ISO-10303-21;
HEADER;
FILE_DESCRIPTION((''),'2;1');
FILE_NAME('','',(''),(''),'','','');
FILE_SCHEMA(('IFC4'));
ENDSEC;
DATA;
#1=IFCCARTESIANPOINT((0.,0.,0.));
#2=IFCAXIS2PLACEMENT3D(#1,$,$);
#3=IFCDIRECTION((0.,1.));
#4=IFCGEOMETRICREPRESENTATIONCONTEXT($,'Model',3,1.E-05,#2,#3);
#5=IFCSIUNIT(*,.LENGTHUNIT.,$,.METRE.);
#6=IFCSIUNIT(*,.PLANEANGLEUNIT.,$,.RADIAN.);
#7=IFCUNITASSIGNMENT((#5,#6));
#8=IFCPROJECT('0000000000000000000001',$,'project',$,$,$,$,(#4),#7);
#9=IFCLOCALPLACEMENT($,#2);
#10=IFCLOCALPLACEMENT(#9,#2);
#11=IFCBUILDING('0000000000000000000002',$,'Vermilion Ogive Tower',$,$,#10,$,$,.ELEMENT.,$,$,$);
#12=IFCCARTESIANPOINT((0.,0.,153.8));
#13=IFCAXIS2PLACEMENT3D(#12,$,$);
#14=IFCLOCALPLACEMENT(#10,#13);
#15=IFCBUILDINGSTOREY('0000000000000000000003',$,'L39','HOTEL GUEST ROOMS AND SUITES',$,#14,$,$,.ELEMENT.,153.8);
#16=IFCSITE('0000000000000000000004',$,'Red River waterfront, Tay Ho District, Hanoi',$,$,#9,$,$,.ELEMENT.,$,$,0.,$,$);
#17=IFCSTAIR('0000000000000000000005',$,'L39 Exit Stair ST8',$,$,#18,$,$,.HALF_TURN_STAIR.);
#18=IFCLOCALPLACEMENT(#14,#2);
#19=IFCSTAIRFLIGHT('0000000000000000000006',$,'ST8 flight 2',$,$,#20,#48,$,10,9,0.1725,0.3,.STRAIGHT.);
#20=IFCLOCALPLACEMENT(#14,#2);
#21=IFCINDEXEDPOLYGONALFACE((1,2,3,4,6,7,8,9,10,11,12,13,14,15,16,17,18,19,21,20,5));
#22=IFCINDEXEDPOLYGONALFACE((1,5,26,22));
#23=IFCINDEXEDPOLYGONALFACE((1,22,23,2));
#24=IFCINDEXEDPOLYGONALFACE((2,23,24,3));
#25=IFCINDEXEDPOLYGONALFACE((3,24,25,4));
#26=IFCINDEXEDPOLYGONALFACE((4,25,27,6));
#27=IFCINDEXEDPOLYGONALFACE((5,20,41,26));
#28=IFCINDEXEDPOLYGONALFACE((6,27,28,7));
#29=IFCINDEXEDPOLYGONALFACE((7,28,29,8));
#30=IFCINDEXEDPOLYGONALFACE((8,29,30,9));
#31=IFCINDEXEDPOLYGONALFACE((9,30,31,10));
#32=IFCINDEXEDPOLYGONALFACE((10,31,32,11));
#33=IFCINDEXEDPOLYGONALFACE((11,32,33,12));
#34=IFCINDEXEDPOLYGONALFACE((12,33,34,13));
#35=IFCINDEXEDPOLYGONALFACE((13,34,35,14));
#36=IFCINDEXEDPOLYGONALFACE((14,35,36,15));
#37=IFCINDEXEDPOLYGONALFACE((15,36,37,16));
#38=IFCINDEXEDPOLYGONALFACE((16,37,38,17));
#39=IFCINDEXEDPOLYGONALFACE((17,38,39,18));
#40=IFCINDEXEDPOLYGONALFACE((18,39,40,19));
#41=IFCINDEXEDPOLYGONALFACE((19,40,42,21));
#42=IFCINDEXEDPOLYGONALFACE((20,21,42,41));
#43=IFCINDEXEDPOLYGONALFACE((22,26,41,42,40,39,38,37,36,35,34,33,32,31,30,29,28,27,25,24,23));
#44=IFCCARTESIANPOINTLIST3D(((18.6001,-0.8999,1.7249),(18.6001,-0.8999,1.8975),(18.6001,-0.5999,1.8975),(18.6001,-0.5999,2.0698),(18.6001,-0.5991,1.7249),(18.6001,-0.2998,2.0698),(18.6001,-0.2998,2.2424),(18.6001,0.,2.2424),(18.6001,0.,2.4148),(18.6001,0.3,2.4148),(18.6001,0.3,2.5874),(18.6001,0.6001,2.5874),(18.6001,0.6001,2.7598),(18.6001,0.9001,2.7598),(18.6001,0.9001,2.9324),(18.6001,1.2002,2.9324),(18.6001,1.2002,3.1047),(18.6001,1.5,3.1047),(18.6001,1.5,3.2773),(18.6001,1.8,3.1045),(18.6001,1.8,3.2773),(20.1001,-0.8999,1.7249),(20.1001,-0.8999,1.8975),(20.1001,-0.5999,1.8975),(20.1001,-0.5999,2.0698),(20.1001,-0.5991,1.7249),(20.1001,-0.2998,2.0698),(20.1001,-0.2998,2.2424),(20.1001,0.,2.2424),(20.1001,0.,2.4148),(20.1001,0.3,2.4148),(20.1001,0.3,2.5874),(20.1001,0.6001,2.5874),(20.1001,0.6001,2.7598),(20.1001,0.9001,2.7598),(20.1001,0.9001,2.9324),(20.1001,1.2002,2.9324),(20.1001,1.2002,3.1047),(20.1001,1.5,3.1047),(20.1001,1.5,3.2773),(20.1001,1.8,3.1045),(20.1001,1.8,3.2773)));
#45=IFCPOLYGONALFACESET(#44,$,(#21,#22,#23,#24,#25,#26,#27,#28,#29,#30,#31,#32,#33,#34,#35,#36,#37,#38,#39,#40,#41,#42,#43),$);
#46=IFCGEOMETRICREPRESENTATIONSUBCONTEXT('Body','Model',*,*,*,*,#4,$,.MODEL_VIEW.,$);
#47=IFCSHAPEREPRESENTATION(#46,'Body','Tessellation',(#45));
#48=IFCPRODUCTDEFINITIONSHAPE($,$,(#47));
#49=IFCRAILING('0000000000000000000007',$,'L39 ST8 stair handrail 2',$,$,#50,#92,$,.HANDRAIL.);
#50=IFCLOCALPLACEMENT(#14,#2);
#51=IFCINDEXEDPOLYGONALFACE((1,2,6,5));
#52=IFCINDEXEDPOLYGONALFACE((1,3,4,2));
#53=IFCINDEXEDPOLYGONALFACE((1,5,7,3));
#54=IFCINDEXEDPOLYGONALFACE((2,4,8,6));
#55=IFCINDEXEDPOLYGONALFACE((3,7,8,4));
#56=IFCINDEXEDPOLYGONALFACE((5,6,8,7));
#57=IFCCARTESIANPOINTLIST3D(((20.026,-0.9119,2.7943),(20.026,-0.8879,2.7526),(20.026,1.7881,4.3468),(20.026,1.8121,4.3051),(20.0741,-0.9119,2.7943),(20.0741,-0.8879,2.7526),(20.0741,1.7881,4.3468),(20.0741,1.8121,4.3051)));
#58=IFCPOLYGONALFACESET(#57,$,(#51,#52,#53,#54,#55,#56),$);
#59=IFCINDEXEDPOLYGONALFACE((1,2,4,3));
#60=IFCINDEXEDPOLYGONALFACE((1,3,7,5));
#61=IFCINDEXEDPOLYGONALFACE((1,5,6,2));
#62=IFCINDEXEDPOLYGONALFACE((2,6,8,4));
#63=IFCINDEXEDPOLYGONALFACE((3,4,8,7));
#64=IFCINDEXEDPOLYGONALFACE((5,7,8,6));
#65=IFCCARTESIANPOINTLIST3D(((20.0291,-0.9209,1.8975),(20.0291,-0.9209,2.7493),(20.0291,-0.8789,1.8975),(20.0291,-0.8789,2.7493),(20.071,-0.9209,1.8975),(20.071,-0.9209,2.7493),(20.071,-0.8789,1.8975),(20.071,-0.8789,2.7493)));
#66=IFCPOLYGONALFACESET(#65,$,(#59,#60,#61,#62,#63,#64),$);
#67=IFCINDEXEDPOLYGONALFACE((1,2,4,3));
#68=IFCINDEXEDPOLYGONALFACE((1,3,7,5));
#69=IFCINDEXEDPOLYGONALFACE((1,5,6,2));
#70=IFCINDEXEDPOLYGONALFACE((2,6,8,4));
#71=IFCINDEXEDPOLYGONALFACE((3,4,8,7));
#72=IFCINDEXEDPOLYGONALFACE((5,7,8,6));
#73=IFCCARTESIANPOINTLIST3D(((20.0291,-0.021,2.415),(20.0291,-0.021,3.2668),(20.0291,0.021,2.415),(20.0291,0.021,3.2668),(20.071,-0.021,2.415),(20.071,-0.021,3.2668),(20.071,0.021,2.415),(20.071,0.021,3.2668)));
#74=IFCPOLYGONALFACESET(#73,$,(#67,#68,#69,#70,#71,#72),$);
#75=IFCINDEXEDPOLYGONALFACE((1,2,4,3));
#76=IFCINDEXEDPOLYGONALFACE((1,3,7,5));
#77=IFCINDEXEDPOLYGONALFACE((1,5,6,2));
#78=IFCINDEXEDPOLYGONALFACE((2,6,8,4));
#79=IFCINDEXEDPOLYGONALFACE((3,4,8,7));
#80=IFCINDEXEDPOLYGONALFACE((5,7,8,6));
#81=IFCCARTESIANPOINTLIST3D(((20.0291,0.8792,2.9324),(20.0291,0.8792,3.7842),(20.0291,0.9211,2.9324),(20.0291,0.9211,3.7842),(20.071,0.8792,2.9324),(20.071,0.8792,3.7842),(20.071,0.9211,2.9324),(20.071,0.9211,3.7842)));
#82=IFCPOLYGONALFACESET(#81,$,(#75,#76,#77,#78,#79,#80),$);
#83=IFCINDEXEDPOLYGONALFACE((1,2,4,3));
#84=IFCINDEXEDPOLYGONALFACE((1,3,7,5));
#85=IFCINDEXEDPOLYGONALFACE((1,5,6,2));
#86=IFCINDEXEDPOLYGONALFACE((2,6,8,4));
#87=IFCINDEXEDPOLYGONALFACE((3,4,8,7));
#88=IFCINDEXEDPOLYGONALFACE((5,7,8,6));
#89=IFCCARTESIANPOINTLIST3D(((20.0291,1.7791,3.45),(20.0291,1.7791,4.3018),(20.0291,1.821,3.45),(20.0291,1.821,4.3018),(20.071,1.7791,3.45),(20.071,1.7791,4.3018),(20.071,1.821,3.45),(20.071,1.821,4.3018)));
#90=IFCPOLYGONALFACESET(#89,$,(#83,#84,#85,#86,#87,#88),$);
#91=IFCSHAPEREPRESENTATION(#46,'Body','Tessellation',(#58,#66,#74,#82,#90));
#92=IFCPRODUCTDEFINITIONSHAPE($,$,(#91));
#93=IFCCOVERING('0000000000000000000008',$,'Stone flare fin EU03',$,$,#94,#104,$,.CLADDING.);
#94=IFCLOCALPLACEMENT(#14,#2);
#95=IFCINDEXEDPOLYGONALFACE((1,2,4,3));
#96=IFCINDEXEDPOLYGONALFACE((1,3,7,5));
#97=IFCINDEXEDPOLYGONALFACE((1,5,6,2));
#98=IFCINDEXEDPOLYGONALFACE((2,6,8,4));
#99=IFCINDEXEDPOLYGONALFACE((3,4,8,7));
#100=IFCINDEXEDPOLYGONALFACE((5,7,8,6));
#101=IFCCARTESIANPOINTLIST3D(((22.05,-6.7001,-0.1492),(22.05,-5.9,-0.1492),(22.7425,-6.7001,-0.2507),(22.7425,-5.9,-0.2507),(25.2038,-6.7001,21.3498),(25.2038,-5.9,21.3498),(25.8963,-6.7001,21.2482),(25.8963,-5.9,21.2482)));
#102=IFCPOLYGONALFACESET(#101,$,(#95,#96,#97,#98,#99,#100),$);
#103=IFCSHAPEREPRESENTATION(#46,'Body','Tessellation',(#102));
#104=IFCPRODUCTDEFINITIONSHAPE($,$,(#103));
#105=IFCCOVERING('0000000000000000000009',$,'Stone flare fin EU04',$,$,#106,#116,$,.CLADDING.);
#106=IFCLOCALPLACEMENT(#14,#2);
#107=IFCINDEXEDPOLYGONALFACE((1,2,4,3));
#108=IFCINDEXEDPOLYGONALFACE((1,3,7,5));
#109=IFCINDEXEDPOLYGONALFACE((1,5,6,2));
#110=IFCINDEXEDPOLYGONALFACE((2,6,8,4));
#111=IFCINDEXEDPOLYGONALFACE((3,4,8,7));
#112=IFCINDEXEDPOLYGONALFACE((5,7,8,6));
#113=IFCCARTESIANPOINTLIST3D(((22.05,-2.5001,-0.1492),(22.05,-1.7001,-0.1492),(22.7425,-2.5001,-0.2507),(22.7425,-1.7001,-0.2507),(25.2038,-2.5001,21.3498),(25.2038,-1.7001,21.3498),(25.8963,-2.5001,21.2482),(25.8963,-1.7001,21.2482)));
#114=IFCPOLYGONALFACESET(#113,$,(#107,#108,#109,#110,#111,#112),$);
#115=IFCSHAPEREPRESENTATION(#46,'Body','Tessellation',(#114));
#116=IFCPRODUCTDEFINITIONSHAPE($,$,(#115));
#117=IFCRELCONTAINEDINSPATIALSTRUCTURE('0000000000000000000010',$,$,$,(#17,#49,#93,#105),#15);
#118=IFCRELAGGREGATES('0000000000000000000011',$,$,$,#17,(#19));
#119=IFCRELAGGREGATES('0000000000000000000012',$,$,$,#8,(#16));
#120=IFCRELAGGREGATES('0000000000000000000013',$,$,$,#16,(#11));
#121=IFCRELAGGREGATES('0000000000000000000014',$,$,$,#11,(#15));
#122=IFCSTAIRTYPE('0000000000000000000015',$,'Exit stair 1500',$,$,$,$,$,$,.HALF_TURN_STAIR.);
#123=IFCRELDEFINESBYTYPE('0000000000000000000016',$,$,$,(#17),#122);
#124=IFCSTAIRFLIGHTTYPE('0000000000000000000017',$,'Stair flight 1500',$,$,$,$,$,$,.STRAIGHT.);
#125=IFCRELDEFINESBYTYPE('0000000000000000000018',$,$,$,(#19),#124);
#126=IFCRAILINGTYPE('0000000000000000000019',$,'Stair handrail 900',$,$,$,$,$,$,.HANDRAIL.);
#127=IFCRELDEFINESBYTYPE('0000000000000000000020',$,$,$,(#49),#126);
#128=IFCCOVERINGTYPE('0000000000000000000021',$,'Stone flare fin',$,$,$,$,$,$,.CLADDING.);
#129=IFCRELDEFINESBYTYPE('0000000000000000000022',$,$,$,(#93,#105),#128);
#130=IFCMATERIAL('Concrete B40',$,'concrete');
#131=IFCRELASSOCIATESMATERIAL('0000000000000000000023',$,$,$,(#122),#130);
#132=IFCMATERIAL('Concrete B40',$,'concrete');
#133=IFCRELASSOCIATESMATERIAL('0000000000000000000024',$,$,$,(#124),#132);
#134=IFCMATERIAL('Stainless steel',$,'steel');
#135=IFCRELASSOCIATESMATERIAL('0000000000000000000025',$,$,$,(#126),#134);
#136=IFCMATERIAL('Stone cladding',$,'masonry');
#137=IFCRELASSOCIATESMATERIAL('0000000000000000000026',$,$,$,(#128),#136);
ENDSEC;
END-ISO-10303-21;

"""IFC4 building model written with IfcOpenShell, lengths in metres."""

from ifc_helpers import new_model, si_unit, direction, frame, origin, origin_2d, place, context, subcontext, project, spatial, polyline, rectangle, outline, extrude, material, material_profile, profile_set, type_object, element, aggregate, save


model = new_model("IFC4")

# Units and contexts
model_context = context("Model", 3, precision=1e-05, world=origin(), true_north=direction((0.0, 1.0)))
body_context = subcontext(model_context, "Body", "Model", "MODEL_VIEW")
ifc_project = project(units=[si_unit("LENGTHUNIT", "METRE"), si_unit("PLANEANGLEUNIT", "RADIAN")], contexts=[model_context])

# Site, building, storey
site_placement = place(None, origin())
site = spatial("IfcSite", under=ifc_project, at=site_placement, Name="Red River waterfront, Tay Ho District, Hanoi", CompositionType="ELEMENT", RefElevation=0.0)
building_placement = place(site_placement, origin())
building = spatial("IfcBuilding", under=site, at=building_placement, Name="Vermilion Ogive Tower", CompositionType="ELEMENT")
storey_placement = place(building_placement, frame((0.0, 0.0, 153.8)))
storey = spatial("IfcBuildingStorey", under=building, at=storey_placement, Name="L39", Description="HOTEL GUEST ROOMS AND SUITES", CompositionType="ELEMENT", Elevation=153.8)

# Stair, stair flight
ifc_material_1 = material(Name="Concrete B40", Category="concrete")
stair_type = type_object("IfcStairType", Name="Exit stair 1500", PredefinedType="HALF_TURN_STAIR", material=ifc_material_1)
stair_placement = place(storey_placement, origin())
stair = element("IfcStair", 1, at=stair_placement, inside=storey, type_object=stair_type, Name="L39 Exit Stair ST8", PredefinedType="HALF_TURN_STAIR")
ifc_material_2 = material(Name="Concrete B40", Category="concrete")
stair_flight_type = type_object("IfcStairFlightType", Name="Stair flight 1500", PredefinedType="STRAIGHT", material=ifc_material_2)
stair_flight_placement = place(storey_placement, frame((19.3501, -0.8999, 1.7249), z_axis=(0.0, 0.0, 1.0), x_axis=(0.0, 1.0, 0.0)))
stair_flight = element("IfcStairFlight", 2, at=stair_flight_placement, type_object=stair_flight_type, Name="ST8 flight 2", NumberOfRisers=10, NumberOfTreads=9, PredefinedType="STRAIGHT", RiserHeight=0.1725, TreadLength=0.3, context=body_context, shape_type="SweptSolid", body=[
    extrude(outline(polyline([(0.0, 0.0), (0.0, 0.1726), (0.3, 0.1726), (0.3, 0.345), (0.6001, 0.345), (0.6001, 0.5176), (0.8999, 0.5176), (0.8999, 0.6899), (1.2, 0.6899), (1.2, 0.8625), (1.5, 0.8625), (1.5, 1.0349), (1.8, 1.0349), (1.8, 1.2075), (2.1001, 1.2075), (2.1001, 1.3799), (2.3999, 1.3799), (2.3999, 1.5525), (2.7, 1.5525), (2.7, 1.7251), (2.7, 1.3796), (0.3008, 0.0), (0.0, 0.0)])), frame((0.0, 0.75, 0.0), z_axis=(0.0, -1.0, 0.0), x_axis=(1.0, 0.0, 0.0)), (0.0, 0.0, 1.0), 1.5),
])
aggregate(stair, [stair_flight])

# Railing
ifc_material_3 = material(Name="Stainless steel", Category="steel")
railing_type = type_object("IfcRailingType", Name="Stair handrail 900", PredefinedType="HANDRAIL", material=ifc_material_3)
railing_placement = place(storey_placement, frame((20.05, -0.8999, 1.8975)))
element("IfcRailing", 3, at=railing_placement, inside=storey, type_object=railing_type, Name="L39 ST8 stair handrail 2", PredefinedType="HANDRAIL", context=body_context, shape_type="SweptSolid", body=[
    extrude(rectangle(XDim=0.0481, YDim=0.0481, at=origin_2d()), frame((0.0, 0.0, 0.876), z_axis=(0.0, 0.866904, 0.498476), x_axis=(-1.0, 0.0, 0.0)), (0.0, 0.0, 1.0), 3.1145),
    extrude(rectangle(XDim=0.042, YDim=0.042, at=origin_2d()), origin(), (0.0, 0.0, 1.0), 0.8518),
    extrude(rectangle(XDim=0.042, YDim=0.042, at=origin_2d()), frame((0.0, 0.8999, 0.5176)), (0.0, 0.0, 1.0), 0.8518),
    extrude(rectangle(XDim=0.042, YDim=0.042, at=origin_2d()), frame((0.0, 1.8, 1.0349)), (0.0, 0.0, 1.0), 0.8518),
    extrude(rectangle(XDim=0.042, YDim=0.042, at=origin_2d()), frame((0.0, 2.7, 1.5525)), (0.0, 0.0, 1.0), 0.8518),
])

# Coverings
ifc_material_4 = material(Name="Stone cladding", Category="masonry")
ifc_material_profile_1 = material_profile(ifc_material_4, rectangle(XDim=0.8, YDim=0.7, at=origin_2d()), Name="STONE 800x700")
ifc_profile_set_1 = profile_set([ifc_material_profile_1], Name="Stone cladding")
covering_type = type_object("IfcCoveringType", Name="Stone flare fin", PredefinedType="CLADDING", material=ifc_profile_set_1)
for number, where, z_axis, x_axis, name in (
    (4, (22.3962, -6.3, -0.2), (0.145142, 0.0, 0.989411), (0.0, 1.0, 0.0), "Stone flare fin EU03"),
    (5, (22.3962, -2.1001, -0.2), (0.145142, 0.0, 0.989411), (0.0, 1.0, 0.0), "Stone flare fin EU04"),
):
    element("IfcCovering", number, at=place(storey_placement, frame(where, z_axis=z_axis, x_axis=x_axis)), inside=storey, type_object=covering_type, Name=name, PredefinedType="CLADDING", context=body_context, shape_type="SweptSolid", body=[
        extrude(rectangle(XDim=0.8, YDim=0.7, at=origin_2d()), origin(), (0.0, 0.0, 1.0), 21.729),
    ])

save(model, "model.ifc")
